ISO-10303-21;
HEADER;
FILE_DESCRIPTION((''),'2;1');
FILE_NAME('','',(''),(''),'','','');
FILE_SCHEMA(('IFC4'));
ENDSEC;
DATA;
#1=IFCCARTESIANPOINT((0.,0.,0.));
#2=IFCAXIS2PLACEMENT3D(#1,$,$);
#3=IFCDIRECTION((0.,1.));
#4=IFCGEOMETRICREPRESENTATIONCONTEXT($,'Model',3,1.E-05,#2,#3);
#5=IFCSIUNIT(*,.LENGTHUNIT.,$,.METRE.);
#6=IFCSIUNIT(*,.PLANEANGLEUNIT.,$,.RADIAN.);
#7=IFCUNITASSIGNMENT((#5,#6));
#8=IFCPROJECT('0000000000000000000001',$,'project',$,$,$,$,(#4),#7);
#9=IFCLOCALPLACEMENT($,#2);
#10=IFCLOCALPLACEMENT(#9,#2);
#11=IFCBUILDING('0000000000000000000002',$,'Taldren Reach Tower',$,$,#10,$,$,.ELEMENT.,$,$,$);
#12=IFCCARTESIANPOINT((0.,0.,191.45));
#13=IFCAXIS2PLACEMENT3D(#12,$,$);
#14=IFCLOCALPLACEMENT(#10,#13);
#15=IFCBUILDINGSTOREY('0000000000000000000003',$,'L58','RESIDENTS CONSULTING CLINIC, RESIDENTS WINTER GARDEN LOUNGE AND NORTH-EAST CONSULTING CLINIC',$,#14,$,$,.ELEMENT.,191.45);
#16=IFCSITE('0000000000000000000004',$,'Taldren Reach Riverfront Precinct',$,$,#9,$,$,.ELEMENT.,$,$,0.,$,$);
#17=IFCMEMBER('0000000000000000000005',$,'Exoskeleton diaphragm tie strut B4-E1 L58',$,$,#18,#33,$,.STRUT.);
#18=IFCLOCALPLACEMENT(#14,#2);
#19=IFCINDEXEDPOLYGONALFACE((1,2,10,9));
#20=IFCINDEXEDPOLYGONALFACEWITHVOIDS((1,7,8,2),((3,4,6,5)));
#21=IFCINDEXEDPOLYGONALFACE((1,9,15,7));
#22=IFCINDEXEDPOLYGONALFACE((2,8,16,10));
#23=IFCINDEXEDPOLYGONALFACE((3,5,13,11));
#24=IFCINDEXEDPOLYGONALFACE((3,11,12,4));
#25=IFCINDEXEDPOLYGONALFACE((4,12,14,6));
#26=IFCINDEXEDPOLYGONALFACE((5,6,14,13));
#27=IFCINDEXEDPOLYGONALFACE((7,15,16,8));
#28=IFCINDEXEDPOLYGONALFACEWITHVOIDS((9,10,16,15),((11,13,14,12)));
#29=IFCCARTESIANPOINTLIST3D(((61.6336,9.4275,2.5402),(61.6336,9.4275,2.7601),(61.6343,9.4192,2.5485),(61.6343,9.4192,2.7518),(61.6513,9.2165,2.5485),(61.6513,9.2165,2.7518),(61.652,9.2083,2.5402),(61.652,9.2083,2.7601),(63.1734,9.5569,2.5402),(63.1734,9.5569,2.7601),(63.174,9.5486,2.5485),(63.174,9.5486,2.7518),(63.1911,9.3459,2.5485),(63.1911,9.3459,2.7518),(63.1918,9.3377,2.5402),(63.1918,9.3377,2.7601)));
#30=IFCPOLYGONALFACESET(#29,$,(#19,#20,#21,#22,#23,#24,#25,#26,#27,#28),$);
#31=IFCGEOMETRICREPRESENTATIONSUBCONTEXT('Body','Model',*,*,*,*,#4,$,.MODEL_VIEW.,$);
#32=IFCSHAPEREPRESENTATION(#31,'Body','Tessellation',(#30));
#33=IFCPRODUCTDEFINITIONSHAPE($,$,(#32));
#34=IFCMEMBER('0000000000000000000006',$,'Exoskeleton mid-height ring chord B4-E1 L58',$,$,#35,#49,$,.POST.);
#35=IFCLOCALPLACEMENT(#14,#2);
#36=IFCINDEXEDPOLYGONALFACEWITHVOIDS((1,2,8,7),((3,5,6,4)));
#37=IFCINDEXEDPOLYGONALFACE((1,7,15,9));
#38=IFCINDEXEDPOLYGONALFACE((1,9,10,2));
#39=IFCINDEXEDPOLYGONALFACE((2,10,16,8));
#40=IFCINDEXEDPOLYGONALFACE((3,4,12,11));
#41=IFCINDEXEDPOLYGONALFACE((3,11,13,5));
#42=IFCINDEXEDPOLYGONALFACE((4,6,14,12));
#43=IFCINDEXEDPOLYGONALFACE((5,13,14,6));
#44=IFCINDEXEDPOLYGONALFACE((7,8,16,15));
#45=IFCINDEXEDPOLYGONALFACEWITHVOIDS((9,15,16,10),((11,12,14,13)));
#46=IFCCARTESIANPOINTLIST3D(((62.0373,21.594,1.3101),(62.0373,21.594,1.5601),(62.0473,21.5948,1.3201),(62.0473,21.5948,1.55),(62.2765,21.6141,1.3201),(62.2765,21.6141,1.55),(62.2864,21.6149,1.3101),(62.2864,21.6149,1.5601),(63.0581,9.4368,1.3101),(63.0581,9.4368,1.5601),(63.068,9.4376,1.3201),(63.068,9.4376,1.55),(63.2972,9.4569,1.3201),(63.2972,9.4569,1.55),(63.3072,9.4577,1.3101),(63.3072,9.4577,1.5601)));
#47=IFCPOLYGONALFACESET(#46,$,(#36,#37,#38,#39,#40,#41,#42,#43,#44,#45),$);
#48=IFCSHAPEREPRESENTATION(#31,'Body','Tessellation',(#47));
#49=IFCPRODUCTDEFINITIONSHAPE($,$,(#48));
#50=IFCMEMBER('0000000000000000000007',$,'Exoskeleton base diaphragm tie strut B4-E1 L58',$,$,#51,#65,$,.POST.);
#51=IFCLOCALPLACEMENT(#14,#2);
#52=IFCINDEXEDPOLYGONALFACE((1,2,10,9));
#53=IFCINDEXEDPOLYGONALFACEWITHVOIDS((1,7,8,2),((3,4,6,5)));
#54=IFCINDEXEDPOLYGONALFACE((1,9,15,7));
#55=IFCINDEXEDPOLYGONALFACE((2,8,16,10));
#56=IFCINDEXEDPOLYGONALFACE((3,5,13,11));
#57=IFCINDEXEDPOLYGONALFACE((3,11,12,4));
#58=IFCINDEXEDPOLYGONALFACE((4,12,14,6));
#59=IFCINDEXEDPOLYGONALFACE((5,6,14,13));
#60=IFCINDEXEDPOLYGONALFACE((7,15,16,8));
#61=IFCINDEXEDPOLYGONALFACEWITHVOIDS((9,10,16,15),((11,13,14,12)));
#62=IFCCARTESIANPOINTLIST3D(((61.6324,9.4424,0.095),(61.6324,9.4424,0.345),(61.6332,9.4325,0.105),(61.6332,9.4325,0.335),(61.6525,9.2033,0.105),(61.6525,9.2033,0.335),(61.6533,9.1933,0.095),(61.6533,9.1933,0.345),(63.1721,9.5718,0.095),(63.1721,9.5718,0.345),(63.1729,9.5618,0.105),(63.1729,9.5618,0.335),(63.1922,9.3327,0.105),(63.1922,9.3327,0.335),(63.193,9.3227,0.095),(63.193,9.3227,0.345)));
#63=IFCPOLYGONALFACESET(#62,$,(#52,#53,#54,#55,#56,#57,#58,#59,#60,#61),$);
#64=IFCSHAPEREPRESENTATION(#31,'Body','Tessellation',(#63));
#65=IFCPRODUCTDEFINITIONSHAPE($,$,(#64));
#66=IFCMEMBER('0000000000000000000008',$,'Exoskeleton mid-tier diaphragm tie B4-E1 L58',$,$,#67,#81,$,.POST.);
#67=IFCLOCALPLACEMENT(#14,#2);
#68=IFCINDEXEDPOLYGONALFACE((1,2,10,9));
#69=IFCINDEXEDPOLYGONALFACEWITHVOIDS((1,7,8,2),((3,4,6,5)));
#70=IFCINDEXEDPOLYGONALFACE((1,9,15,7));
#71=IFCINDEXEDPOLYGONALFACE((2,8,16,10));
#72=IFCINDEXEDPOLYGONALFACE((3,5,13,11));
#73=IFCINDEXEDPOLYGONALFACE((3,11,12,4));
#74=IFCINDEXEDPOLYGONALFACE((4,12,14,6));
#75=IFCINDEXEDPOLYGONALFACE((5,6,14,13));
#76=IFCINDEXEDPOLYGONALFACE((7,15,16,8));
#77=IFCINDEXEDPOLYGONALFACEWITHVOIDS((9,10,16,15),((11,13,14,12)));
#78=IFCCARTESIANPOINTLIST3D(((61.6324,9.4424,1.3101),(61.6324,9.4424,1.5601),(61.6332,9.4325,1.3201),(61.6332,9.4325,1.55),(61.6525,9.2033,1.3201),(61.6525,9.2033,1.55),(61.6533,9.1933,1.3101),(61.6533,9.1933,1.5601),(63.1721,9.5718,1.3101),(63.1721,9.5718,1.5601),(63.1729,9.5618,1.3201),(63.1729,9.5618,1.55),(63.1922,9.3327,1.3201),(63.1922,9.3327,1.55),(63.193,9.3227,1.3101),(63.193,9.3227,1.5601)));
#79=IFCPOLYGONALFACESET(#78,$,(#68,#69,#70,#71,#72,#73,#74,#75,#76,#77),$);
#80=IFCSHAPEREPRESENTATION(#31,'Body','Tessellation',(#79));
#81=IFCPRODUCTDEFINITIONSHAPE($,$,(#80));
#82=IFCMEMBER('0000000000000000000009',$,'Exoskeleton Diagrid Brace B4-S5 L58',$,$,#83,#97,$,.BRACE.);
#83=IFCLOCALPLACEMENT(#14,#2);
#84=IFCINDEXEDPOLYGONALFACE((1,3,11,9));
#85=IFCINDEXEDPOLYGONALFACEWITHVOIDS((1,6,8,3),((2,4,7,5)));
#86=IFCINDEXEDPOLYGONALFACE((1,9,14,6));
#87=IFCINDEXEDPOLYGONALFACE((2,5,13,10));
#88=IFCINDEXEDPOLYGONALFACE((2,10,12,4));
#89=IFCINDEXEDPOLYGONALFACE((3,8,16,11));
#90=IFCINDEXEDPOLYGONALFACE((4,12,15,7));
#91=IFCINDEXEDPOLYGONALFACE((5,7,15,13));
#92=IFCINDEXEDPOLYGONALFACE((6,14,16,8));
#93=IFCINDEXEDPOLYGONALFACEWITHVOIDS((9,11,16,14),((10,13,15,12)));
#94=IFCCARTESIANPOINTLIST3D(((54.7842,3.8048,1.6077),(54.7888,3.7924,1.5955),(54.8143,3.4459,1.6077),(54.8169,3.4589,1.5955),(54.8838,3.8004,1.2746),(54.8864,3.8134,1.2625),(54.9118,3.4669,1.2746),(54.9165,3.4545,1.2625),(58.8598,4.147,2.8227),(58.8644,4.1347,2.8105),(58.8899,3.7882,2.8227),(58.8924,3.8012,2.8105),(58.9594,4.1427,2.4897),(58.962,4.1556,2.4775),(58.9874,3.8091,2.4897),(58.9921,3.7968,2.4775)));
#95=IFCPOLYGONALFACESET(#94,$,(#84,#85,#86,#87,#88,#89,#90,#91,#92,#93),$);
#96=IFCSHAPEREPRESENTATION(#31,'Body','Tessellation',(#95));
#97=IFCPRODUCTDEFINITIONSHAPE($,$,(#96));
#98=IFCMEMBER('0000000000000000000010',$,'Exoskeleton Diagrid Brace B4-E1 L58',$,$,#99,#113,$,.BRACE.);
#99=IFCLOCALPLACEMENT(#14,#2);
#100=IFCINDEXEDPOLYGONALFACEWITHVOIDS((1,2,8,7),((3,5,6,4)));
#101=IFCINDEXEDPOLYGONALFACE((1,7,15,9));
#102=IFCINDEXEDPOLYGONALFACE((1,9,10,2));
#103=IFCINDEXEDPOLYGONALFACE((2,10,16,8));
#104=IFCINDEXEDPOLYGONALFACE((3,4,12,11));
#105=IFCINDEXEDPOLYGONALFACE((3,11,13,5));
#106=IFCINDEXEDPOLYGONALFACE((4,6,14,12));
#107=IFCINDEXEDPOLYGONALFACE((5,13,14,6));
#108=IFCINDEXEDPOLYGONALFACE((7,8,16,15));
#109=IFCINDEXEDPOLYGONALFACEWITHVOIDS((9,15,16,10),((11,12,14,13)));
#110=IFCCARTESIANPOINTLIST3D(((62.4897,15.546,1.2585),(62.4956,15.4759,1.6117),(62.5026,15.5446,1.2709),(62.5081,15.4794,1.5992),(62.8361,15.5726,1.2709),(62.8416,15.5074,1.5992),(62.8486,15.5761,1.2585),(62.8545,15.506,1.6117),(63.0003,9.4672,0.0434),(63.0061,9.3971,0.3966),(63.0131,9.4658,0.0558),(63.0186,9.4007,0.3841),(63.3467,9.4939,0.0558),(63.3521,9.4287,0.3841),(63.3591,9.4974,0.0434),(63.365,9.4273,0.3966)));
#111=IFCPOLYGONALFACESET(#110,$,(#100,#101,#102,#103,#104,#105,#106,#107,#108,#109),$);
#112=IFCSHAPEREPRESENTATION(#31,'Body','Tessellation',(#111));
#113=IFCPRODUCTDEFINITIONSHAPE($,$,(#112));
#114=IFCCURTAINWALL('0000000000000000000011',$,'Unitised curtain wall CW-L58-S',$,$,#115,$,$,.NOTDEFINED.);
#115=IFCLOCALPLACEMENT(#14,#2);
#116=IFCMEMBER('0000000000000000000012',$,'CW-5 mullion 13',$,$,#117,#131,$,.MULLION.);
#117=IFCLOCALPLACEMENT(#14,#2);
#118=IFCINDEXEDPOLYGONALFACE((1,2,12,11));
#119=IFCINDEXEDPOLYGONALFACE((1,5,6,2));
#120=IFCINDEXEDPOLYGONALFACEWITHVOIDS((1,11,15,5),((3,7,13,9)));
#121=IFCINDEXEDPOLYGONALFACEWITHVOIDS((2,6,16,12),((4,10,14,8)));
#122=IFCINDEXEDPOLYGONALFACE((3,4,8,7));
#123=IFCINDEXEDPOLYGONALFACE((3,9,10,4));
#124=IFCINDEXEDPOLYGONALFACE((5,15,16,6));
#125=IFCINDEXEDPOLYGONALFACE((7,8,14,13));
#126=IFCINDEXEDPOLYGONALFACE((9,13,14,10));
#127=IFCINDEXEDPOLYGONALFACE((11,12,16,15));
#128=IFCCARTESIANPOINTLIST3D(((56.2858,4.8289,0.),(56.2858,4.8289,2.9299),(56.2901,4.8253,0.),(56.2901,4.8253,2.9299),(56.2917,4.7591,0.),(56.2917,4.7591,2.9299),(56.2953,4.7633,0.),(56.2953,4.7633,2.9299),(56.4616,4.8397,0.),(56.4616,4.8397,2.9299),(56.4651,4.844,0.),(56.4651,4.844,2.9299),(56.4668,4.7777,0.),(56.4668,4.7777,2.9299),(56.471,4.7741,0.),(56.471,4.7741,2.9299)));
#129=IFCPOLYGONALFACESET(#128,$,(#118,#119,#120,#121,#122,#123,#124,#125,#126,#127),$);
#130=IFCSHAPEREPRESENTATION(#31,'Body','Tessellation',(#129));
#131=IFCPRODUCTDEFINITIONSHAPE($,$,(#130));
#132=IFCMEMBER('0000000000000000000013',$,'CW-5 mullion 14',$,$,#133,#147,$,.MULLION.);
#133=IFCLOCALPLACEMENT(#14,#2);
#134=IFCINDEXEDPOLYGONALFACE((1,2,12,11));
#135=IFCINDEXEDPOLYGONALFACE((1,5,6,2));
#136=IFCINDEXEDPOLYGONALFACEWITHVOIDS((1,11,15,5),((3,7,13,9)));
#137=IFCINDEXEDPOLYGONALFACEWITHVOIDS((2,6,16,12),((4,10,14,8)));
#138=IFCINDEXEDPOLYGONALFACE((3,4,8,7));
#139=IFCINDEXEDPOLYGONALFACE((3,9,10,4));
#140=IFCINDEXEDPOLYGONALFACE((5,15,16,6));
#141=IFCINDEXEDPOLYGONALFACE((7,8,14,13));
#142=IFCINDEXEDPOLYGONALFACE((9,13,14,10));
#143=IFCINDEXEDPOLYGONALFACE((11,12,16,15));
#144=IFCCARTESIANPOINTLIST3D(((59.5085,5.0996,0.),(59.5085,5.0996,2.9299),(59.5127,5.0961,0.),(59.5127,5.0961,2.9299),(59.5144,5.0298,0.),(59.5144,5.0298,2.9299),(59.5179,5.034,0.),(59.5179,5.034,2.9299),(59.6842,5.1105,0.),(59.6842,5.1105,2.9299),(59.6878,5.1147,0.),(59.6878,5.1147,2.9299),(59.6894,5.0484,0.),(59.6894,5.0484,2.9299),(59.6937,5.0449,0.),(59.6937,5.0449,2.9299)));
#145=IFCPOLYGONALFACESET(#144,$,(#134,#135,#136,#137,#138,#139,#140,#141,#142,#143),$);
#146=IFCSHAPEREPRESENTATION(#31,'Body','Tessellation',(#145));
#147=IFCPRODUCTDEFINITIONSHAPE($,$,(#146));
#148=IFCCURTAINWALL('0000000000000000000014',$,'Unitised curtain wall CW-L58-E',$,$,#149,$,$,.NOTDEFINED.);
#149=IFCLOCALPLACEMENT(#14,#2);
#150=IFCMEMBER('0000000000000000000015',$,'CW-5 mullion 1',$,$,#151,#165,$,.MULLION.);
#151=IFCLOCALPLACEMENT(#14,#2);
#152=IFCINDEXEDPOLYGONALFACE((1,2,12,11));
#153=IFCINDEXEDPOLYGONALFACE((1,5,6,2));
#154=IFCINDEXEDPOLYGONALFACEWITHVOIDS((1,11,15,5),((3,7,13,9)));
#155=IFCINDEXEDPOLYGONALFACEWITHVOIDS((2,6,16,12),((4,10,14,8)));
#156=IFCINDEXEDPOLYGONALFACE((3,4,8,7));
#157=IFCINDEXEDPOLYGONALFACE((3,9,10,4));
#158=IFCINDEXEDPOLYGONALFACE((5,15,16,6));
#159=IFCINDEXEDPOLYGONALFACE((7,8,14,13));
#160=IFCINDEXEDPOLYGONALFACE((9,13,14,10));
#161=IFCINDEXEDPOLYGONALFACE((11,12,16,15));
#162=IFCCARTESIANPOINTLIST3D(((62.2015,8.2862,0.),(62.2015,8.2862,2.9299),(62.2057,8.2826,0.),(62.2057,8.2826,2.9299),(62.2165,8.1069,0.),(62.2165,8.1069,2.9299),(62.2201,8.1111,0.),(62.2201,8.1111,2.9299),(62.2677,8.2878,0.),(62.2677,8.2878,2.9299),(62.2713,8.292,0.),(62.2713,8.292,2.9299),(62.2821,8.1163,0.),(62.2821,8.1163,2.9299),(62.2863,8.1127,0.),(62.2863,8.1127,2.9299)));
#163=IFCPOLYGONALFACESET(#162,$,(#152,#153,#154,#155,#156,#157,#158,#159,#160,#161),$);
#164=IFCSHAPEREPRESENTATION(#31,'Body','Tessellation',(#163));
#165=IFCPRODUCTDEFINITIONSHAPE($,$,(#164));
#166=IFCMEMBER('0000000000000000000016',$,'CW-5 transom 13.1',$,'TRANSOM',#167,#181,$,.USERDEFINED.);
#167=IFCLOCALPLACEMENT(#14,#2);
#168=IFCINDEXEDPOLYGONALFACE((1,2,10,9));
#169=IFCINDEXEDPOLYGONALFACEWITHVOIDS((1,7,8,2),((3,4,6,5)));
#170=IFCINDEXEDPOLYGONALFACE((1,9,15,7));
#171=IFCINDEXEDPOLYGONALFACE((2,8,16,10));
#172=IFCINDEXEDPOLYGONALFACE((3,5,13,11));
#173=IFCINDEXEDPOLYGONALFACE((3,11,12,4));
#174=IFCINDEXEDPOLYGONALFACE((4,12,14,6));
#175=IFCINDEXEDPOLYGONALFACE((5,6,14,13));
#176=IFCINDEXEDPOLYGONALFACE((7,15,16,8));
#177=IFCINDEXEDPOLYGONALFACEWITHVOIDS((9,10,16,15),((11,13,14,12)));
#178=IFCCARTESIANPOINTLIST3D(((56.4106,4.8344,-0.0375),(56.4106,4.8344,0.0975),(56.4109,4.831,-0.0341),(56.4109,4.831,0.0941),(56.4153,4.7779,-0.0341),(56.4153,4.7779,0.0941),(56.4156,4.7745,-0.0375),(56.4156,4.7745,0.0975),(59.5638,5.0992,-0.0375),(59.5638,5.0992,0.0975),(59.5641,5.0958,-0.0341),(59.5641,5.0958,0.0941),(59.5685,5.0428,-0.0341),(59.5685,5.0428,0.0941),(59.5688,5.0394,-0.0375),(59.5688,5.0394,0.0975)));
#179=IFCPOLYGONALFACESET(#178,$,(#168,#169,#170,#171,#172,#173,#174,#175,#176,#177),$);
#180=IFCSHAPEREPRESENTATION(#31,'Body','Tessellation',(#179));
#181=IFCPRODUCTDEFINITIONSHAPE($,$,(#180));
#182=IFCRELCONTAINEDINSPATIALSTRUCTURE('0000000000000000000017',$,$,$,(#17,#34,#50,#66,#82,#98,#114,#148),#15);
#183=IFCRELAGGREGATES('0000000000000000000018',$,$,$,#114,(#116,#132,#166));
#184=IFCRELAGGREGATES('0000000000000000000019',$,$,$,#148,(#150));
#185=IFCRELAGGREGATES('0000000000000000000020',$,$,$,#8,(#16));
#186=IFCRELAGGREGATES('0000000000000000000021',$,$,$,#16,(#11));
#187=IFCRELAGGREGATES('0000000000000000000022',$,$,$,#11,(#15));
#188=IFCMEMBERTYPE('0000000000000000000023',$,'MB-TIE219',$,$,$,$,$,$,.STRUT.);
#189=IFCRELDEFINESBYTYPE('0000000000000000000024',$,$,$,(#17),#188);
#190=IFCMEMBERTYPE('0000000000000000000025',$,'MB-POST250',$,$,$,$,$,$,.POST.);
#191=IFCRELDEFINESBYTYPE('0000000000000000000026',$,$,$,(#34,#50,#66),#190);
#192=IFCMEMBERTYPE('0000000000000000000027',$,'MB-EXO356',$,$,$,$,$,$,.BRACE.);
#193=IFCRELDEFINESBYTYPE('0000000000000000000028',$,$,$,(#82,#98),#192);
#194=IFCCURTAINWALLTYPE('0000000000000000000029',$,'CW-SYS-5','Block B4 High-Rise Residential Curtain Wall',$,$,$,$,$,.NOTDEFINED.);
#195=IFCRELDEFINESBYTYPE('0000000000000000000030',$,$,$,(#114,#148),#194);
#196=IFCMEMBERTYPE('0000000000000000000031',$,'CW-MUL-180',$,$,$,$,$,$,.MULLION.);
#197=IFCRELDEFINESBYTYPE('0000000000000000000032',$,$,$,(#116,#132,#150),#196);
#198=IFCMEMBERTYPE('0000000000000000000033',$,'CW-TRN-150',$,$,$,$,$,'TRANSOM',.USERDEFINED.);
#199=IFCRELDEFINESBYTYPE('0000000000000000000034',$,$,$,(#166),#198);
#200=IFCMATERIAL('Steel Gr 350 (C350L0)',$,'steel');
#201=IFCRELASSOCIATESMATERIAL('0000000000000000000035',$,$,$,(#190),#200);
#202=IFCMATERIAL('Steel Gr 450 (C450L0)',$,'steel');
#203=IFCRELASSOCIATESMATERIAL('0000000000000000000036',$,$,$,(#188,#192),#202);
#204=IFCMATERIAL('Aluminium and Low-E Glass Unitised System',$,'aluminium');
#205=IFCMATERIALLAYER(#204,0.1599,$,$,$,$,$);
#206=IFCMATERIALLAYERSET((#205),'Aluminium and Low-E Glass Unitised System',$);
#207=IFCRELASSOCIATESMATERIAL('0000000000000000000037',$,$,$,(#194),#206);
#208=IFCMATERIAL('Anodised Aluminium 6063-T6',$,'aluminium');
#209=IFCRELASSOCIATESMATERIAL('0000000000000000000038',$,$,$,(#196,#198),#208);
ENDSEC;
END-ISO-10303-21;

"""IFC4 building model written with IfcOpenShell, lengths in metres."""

from ifc_helpers import new_model, si_unit, direction, frame, origin, origin_2d, place, context, subcontext, project, spatial, hollow_rectangle, extrude, source, transform, mapped, material, layer, layer_set, material_profile, profile_set, type_object, element, aggregate, save


model = new_model("IFC4")

# Units and contexts
model_context = context("Model", 3, precision=1e-05, world=origin(), true_north=direction((0.0, 1.0)))
body_context = subcontext(model_context, "Body", "Model", "MODEL_VIEW")
ifc_project = project(units=[si_unit("LENGTHUNIT", "METRE"), si_unit("PLANEANGLEUNIT", "RADIAN")], contexts=[model_context])

# Site, building, storey
site_placement = place(None, origin())
site = spatial("IfcSite", under=ifc_project, at=site_placement, Name="Taldren Reach Riverfront Precinct", CompositionType="ELEMENT", RefElevation=0.0)
building_placement = place(site_placement, origin())
building = spatial("IfcBuilding", under=site, at=building_placement, Name="Taldren Reach Tower", CompositionType="ELEMENT")
storey_placement = place(building_placement, frame((0.0, 0.0, 191.45)))
storey = spatial("IfcBuildingStorey", under=building, at=storey_placement, Name="L58", Description="RESIDENTS CONSULTING CLINIC, RESIDENTS WINTER GARDEN LOUNGE AND NORTH-EAST CONSULTING CLINIC", CompositionType="ELEMENT", Elevation=191.45)

# Shared definitions
ifc_material_1 = material(Name="Steel Gr 350 (C350L0)", Category="steel")

# Shared definitions
ifc_material_profile_1 = material_profile(ifc_material_1, hollow_rectangle(XDim=0.25, YDim=0.25, WallThickness=0.01, at=origin_2d()), Name="250x250x10.0SHS")
ifc_profile_set_1 = profile_set([ifc_material_profile_1], Name="Steel Gr 350 (C350L0)")
member_type_1 = type_object("IfcMemberType", Name="MB-POST250", PredefinedType="POST", material=ifc_profile_set_1)

# Members
ifc_material_2 = material(Name="Steel Gr 450 (C450L0)", Category="steel")
ifc_material_profile_2 = material_profile(ifc_material_2, hollow_rectangle(XDim=0.22, YDim=0.22, WallThickness=0.0083, at=origin_2d()), Name="220x220x8.2SHS")
ifc_profile_set_2 = profile_set([ifc_material_profile_2], Name="Steel Gr 450 (C450L0)")
member_type_2 = type_object("IfcMemberType", Name="MB-TIE219", PredefinedType="STRUT", material=ifc_profile_set_2)
shared_shape_1 = source(origin(), body_context, "Body", "SweptSolid", [
    extrude(hollow_rectangle(XDim=0.22, YDim=0.22, WallThickness=0.0083, at=origin_2d()), origin(), (0.0, 0.0, 1.0), 1.5452),
])
member_1_placement = place(storey_placement, frame((61.6428, 9.3179, 2.6501), z_axis=(0.996488, 0.083738, 0.0), x_axis=(-0.083738, 0.996488, 0.0)))
element("IfcMember", 1, at=member_1_placement, inside=storey, type_object=member_type_2, Name="Exoskeleton diaphragm tie strut B4-E1 L58", PredefinedType="STRUT", context=body_context, shape_type="MappedRepresentation", body=[
    mapped(shared_shape_1, transform((0.0, 0.0, 0.0), scale=1.0)),
])
shared_shape_2 = source(origin(), body_context, "Body", "SweptSolid", [
    extrude(hollow_rectangle(XDim=0.25, YDim=0.25, WallThickness=0.01, at=origin_2d()), origin(), (0.0, 0.0, 1.0), 12.2),
])
member_2_placement = place(storey_placement, frame((63.1826, 9.4473, 1.4351), z_axis=(-0.083668, 0.996494, 0.0), x_axis=(-0.996494, -0.083668, 0.0)))
element("IfcMember", 2, at=member_2_placement, inside=storey, type_object=member_type_1, Name="Exoskeleton mid-height ring chord B4-E1 L58", PredefinedType="POST", context=body_context, shape_type="MappedRepresentation", body=[
    mapped(shared_shape_2, transform((0.0, 0.0, 0.0), scale=1.0)),
])
shared_shape_3 = source(origin(), body_context, "Body", "SweptSolid", [
    extrude(hollow_rectangle(XDim=0.25, YDim=0.25, WallThickness=0.01, at=origin_2d()), origin(), (0.0, 0.0, 1.0), 1.5452),
])
for number, where, z_axis, x_axis, name in (
    (3, (61.6428, 9.3179, 0.22), (0.996488, 0.083738, 0.0), (-0.083738, 0.996488, 0.0), "Exoskeleton base diaphragm tie strut B4-E1 L58"),
    (4, (61.6428, 9.3179, 1.4351), (0.996488, 0.083738, 0.0), (-0.083738, 0.996488, 0.0), "Exoskeleton mid-tier diaphragm tie B4-E1 L58"),
):
    element("IfcMember", number, at=place(storey_placement, frame(where, z_axis=z_axis, x_axis=x_axis)), inside=storey, type_object=member_type_1, Name=name, PredefinedType="POST", context=body_context, shape_type="MappedRepresentation", body=[
        mapped(shared_shape_3, transform((0.0, 0.0, 0.0), scale=1.0)),
    ])
ifc_material_profile_3 = material_profile(ifc_material_2, hollow_rectangle(XDim=0.3601, YDim=0.3601, WallThickness=0.0127, at=origin_2d()), Name="360x360x12.7SHS")
ifc_profile_set_3 = profile_set([ifc_material_profile_3], Name="Steel Gr 450 (C450L0)")
member_type_3 = type_object("IfcMemberType", Name="MB-EXO356", PredefinedType="BRACE", material=ifc_profile_set_3)
shared_shape_4 = source(origin(), body_context, "Body", "SweptSolid", [
    extrude(hollow_rectangle(XDim=0.3601, YDim=0.3601, WallThickness=0.0127, at=origin_2d()), origin(), (0.0, 0.0, 1.0), 4.2666),
])
member_3_placement = place(storey_placement, frame((54.8503, 3.6296, 1.4351), z_axis=(0.955229, 0.080222, 0.284783), x_axis=(-0.083688, 0.996492, 0.0)))
element("IfcMember", 5, at=member_3_placement, inside=storey, type_object=member_type_3, Name="Exoskeleton Diagrid Brace B4-S5 L58", PredefinedType="BRACE", context=body_context, shape_type="MappedRepresentation", body=[
    mapped(shared_shape_4, transform((0.0, 0.0, 0.0), scale=1.0)),
])
shared_shape_5 = source(origin(), body_context, "Body", "SweptSolid", [
    extrude(hollow_rectangle(XDim=0.3601, YDim=0.3601, WallThickness=0.0127, at=origin_2d()), origin(), (0.0, 0.0, 1.0), 6.22),
])
member_4_placement = place(storey_placement, frame((63.1826, 9.4473, 0.22), z_axis=(-0.082076, 0.977292, 0.195356), x_axis=(-0.996492, -0.083688, 0.0)))
element("IfcMember", 6, at=member_4_placement, inside=storey, type_object=member_type_3, Name="Exoskeleton Diagrid Brace B4-E1 L58", PredefinedType="BRACE", context=body_context, shape_type="MappedRepresentation", body=[
    mapped(shared_shape_5, transform((0.0, 0.0, 0.0), scale=1.0)),
])

# Curtain wall, members
ifc_material_3 = material(Name="Aluminium and Low-E Glass Unitised System", Category="aluminium")
ifc_layer_1 = layer(ifc_material_3, 0.1599)
ifc_layer_set_1 = layer_set([ifc_layer_1], Name="Aluminium and Low-E Glass Unitised System")
curtain_wall_type = type_object("IfcCurtainWallType", Name="CW-SYS-5", Description="Block B4 High-Rise Residential Curtain Wall", PredefinedType="NOTDEFINED", material=ifc_layer_set_1)
curtain_wall_1_placement = place(storey_placement, origin())
curtain_wall_1 = element("IfcCurtainWall", 7, at=curtain_wall_1_placement, inside=storey, type_object=curtain_wall_type, Name="Unitised curtain wall CW-L58-S", PredefinedType="NOTDEFINED")
ifc_material_4 = material(Name="Anodised Aluminium 6063-T6", Category="aluminium")
ifc_material_profile_4 = material_profile(ifc_material_4, hollow_rectangle(XDim=0.0701, YDim=0.1799, WallThickness=0.0039, at=origin_2d()), Name="ALU-180x70x4RHS")
ifc_profile_set_4 = profile_set([ifc_material_profile_4], Name="Anodised Aluminium 6063-T6")
member_type_4 = type_object("IfcMemberType", Name="CW-MUL-180", PredefinedType="MULLION", material=ifc_profile_set_4)
shared_shape_6 = source(origin(), body_context, "Body", "SweptSolid", [
    extrude(hollow_rectangle(XDim=0.0701, YDim=0.1799, WallThickness=0.0039, at=origin_2d()), origin(), (0.0, 0.0, 1.0), 2.9299),
])
member_5_placement = place(storey_placement, frame((56.3784, 4.8015, 0.0), z_axis=(0.0, 0.0, 1.0), x_axis=(-0.083678, 0.996493, 0.0)))
member_5 = element("IfcMember", 8, at=member_5_placement, type_object=member_type_4, Name="CW-5 mullion 13", PredefinedType="MULLION", context=body_context, shape_type="MappedRepresentation", body=[
    mapped(shared_shape_6, transform((0.0, 0.0, 0.0), scale=1.0)),
])
member_6_placement = place(storey_placement, frame((59.6011, 5.0723, 0.0), z_axis=(0.0, 0.0, 1.0), x_axis=(-0.083678, 0.996493, 0.0)))
member_6 = element("IfcMember", 9, at=member_6_placement, type_object=member_type_4, Name="CW-5 mullion 14", PredefinedType="MULLION", context=body_context, shape_type="MappedRepresentation", body=[
    mapped(shared_shape_6, transform((0.0, 0.0, 0.0), scale=1.0)),
])

# Curtain wall, member
curtain_wall_2_placement = place(storey_placement, origin())
curtain_wall_2 = element("IfcCurtainWall", 10, at=curtain_wall_2_placement, inside=storey, type_object=curtain_wall_type, Name="Unitised curtain wall CW-L58-E", PredefinedType="NOTDEFINED")
member_7_placement = place(storey_placement, frame((62.2439, 8.1995, 0.0), z_axis=(0.0, 0.0, 1.0), x_axis=(-0.996493, -0.083678, 0.0)))
member_7 = element("IfcMember", 11, at=member_7_placement, type_object=member_type_4, Name="CW-5 mullion 1", PredefinedType="MULLION", context=body_context, shape_type="MappedRepresentation", body=[
    mapped(shared_shape_6, transform((0.0, 0.0, 0.0), scale=1.0)),
])

# Member
ifc_material_profile_5 = material_profile(ifc_material_4, hollow_rectangle(XDim=0.0601, YDim=0.135, WallThickness=0.0034, at=origin_2d()), Name="ALU-135x60x3.5RHS")
ifc_profile_set_5 = profile_set([ifc_material_profile_5], Name="Anodised Aluminium 6063-T6")
member_type_5 = type_object("IfcMemberType", Name="CW-TRN-150", ElementType="TRANSOM", PredefinedType="USERDEFINED", material=ifc_profile_set_5)
shared_shape_7 = source(origin(), body_context, "Body", "SweptSolid", [
    extrude(hollow_rectangle(XDim=0.0601, YDim=0.135, WallThickness=0.0034, at=origin_2d()), origin(), (0.0, 0.0, 1.0), 3.1643),
])
member_8_placement = place(storey_placement, frame((56.4131, 4.8044, 0.03), z_axis=(0.99649, 0.083709, 0.0), x_axis=(-0.083709, 0.99649, 0.0)))
member_8 = element("IfcMember", 12, at=member_8_placement, type_object=member_type_5, Name="CW-5 transom 13.1", ObjectType="TRANSOM", PredefinedType="USERDEFINED", context=body_context, shape_type="MappedRepresentation", body=[
    mapped(shared_shape_7, transform((0.0, 0.0, 0.0), scale=1.0)),
])

aggregate(curtain_wall_1, [member_5, member_6, member_8])
aggregate(curtain_wall_2, [member_7])

save(model, "model.ifc")
